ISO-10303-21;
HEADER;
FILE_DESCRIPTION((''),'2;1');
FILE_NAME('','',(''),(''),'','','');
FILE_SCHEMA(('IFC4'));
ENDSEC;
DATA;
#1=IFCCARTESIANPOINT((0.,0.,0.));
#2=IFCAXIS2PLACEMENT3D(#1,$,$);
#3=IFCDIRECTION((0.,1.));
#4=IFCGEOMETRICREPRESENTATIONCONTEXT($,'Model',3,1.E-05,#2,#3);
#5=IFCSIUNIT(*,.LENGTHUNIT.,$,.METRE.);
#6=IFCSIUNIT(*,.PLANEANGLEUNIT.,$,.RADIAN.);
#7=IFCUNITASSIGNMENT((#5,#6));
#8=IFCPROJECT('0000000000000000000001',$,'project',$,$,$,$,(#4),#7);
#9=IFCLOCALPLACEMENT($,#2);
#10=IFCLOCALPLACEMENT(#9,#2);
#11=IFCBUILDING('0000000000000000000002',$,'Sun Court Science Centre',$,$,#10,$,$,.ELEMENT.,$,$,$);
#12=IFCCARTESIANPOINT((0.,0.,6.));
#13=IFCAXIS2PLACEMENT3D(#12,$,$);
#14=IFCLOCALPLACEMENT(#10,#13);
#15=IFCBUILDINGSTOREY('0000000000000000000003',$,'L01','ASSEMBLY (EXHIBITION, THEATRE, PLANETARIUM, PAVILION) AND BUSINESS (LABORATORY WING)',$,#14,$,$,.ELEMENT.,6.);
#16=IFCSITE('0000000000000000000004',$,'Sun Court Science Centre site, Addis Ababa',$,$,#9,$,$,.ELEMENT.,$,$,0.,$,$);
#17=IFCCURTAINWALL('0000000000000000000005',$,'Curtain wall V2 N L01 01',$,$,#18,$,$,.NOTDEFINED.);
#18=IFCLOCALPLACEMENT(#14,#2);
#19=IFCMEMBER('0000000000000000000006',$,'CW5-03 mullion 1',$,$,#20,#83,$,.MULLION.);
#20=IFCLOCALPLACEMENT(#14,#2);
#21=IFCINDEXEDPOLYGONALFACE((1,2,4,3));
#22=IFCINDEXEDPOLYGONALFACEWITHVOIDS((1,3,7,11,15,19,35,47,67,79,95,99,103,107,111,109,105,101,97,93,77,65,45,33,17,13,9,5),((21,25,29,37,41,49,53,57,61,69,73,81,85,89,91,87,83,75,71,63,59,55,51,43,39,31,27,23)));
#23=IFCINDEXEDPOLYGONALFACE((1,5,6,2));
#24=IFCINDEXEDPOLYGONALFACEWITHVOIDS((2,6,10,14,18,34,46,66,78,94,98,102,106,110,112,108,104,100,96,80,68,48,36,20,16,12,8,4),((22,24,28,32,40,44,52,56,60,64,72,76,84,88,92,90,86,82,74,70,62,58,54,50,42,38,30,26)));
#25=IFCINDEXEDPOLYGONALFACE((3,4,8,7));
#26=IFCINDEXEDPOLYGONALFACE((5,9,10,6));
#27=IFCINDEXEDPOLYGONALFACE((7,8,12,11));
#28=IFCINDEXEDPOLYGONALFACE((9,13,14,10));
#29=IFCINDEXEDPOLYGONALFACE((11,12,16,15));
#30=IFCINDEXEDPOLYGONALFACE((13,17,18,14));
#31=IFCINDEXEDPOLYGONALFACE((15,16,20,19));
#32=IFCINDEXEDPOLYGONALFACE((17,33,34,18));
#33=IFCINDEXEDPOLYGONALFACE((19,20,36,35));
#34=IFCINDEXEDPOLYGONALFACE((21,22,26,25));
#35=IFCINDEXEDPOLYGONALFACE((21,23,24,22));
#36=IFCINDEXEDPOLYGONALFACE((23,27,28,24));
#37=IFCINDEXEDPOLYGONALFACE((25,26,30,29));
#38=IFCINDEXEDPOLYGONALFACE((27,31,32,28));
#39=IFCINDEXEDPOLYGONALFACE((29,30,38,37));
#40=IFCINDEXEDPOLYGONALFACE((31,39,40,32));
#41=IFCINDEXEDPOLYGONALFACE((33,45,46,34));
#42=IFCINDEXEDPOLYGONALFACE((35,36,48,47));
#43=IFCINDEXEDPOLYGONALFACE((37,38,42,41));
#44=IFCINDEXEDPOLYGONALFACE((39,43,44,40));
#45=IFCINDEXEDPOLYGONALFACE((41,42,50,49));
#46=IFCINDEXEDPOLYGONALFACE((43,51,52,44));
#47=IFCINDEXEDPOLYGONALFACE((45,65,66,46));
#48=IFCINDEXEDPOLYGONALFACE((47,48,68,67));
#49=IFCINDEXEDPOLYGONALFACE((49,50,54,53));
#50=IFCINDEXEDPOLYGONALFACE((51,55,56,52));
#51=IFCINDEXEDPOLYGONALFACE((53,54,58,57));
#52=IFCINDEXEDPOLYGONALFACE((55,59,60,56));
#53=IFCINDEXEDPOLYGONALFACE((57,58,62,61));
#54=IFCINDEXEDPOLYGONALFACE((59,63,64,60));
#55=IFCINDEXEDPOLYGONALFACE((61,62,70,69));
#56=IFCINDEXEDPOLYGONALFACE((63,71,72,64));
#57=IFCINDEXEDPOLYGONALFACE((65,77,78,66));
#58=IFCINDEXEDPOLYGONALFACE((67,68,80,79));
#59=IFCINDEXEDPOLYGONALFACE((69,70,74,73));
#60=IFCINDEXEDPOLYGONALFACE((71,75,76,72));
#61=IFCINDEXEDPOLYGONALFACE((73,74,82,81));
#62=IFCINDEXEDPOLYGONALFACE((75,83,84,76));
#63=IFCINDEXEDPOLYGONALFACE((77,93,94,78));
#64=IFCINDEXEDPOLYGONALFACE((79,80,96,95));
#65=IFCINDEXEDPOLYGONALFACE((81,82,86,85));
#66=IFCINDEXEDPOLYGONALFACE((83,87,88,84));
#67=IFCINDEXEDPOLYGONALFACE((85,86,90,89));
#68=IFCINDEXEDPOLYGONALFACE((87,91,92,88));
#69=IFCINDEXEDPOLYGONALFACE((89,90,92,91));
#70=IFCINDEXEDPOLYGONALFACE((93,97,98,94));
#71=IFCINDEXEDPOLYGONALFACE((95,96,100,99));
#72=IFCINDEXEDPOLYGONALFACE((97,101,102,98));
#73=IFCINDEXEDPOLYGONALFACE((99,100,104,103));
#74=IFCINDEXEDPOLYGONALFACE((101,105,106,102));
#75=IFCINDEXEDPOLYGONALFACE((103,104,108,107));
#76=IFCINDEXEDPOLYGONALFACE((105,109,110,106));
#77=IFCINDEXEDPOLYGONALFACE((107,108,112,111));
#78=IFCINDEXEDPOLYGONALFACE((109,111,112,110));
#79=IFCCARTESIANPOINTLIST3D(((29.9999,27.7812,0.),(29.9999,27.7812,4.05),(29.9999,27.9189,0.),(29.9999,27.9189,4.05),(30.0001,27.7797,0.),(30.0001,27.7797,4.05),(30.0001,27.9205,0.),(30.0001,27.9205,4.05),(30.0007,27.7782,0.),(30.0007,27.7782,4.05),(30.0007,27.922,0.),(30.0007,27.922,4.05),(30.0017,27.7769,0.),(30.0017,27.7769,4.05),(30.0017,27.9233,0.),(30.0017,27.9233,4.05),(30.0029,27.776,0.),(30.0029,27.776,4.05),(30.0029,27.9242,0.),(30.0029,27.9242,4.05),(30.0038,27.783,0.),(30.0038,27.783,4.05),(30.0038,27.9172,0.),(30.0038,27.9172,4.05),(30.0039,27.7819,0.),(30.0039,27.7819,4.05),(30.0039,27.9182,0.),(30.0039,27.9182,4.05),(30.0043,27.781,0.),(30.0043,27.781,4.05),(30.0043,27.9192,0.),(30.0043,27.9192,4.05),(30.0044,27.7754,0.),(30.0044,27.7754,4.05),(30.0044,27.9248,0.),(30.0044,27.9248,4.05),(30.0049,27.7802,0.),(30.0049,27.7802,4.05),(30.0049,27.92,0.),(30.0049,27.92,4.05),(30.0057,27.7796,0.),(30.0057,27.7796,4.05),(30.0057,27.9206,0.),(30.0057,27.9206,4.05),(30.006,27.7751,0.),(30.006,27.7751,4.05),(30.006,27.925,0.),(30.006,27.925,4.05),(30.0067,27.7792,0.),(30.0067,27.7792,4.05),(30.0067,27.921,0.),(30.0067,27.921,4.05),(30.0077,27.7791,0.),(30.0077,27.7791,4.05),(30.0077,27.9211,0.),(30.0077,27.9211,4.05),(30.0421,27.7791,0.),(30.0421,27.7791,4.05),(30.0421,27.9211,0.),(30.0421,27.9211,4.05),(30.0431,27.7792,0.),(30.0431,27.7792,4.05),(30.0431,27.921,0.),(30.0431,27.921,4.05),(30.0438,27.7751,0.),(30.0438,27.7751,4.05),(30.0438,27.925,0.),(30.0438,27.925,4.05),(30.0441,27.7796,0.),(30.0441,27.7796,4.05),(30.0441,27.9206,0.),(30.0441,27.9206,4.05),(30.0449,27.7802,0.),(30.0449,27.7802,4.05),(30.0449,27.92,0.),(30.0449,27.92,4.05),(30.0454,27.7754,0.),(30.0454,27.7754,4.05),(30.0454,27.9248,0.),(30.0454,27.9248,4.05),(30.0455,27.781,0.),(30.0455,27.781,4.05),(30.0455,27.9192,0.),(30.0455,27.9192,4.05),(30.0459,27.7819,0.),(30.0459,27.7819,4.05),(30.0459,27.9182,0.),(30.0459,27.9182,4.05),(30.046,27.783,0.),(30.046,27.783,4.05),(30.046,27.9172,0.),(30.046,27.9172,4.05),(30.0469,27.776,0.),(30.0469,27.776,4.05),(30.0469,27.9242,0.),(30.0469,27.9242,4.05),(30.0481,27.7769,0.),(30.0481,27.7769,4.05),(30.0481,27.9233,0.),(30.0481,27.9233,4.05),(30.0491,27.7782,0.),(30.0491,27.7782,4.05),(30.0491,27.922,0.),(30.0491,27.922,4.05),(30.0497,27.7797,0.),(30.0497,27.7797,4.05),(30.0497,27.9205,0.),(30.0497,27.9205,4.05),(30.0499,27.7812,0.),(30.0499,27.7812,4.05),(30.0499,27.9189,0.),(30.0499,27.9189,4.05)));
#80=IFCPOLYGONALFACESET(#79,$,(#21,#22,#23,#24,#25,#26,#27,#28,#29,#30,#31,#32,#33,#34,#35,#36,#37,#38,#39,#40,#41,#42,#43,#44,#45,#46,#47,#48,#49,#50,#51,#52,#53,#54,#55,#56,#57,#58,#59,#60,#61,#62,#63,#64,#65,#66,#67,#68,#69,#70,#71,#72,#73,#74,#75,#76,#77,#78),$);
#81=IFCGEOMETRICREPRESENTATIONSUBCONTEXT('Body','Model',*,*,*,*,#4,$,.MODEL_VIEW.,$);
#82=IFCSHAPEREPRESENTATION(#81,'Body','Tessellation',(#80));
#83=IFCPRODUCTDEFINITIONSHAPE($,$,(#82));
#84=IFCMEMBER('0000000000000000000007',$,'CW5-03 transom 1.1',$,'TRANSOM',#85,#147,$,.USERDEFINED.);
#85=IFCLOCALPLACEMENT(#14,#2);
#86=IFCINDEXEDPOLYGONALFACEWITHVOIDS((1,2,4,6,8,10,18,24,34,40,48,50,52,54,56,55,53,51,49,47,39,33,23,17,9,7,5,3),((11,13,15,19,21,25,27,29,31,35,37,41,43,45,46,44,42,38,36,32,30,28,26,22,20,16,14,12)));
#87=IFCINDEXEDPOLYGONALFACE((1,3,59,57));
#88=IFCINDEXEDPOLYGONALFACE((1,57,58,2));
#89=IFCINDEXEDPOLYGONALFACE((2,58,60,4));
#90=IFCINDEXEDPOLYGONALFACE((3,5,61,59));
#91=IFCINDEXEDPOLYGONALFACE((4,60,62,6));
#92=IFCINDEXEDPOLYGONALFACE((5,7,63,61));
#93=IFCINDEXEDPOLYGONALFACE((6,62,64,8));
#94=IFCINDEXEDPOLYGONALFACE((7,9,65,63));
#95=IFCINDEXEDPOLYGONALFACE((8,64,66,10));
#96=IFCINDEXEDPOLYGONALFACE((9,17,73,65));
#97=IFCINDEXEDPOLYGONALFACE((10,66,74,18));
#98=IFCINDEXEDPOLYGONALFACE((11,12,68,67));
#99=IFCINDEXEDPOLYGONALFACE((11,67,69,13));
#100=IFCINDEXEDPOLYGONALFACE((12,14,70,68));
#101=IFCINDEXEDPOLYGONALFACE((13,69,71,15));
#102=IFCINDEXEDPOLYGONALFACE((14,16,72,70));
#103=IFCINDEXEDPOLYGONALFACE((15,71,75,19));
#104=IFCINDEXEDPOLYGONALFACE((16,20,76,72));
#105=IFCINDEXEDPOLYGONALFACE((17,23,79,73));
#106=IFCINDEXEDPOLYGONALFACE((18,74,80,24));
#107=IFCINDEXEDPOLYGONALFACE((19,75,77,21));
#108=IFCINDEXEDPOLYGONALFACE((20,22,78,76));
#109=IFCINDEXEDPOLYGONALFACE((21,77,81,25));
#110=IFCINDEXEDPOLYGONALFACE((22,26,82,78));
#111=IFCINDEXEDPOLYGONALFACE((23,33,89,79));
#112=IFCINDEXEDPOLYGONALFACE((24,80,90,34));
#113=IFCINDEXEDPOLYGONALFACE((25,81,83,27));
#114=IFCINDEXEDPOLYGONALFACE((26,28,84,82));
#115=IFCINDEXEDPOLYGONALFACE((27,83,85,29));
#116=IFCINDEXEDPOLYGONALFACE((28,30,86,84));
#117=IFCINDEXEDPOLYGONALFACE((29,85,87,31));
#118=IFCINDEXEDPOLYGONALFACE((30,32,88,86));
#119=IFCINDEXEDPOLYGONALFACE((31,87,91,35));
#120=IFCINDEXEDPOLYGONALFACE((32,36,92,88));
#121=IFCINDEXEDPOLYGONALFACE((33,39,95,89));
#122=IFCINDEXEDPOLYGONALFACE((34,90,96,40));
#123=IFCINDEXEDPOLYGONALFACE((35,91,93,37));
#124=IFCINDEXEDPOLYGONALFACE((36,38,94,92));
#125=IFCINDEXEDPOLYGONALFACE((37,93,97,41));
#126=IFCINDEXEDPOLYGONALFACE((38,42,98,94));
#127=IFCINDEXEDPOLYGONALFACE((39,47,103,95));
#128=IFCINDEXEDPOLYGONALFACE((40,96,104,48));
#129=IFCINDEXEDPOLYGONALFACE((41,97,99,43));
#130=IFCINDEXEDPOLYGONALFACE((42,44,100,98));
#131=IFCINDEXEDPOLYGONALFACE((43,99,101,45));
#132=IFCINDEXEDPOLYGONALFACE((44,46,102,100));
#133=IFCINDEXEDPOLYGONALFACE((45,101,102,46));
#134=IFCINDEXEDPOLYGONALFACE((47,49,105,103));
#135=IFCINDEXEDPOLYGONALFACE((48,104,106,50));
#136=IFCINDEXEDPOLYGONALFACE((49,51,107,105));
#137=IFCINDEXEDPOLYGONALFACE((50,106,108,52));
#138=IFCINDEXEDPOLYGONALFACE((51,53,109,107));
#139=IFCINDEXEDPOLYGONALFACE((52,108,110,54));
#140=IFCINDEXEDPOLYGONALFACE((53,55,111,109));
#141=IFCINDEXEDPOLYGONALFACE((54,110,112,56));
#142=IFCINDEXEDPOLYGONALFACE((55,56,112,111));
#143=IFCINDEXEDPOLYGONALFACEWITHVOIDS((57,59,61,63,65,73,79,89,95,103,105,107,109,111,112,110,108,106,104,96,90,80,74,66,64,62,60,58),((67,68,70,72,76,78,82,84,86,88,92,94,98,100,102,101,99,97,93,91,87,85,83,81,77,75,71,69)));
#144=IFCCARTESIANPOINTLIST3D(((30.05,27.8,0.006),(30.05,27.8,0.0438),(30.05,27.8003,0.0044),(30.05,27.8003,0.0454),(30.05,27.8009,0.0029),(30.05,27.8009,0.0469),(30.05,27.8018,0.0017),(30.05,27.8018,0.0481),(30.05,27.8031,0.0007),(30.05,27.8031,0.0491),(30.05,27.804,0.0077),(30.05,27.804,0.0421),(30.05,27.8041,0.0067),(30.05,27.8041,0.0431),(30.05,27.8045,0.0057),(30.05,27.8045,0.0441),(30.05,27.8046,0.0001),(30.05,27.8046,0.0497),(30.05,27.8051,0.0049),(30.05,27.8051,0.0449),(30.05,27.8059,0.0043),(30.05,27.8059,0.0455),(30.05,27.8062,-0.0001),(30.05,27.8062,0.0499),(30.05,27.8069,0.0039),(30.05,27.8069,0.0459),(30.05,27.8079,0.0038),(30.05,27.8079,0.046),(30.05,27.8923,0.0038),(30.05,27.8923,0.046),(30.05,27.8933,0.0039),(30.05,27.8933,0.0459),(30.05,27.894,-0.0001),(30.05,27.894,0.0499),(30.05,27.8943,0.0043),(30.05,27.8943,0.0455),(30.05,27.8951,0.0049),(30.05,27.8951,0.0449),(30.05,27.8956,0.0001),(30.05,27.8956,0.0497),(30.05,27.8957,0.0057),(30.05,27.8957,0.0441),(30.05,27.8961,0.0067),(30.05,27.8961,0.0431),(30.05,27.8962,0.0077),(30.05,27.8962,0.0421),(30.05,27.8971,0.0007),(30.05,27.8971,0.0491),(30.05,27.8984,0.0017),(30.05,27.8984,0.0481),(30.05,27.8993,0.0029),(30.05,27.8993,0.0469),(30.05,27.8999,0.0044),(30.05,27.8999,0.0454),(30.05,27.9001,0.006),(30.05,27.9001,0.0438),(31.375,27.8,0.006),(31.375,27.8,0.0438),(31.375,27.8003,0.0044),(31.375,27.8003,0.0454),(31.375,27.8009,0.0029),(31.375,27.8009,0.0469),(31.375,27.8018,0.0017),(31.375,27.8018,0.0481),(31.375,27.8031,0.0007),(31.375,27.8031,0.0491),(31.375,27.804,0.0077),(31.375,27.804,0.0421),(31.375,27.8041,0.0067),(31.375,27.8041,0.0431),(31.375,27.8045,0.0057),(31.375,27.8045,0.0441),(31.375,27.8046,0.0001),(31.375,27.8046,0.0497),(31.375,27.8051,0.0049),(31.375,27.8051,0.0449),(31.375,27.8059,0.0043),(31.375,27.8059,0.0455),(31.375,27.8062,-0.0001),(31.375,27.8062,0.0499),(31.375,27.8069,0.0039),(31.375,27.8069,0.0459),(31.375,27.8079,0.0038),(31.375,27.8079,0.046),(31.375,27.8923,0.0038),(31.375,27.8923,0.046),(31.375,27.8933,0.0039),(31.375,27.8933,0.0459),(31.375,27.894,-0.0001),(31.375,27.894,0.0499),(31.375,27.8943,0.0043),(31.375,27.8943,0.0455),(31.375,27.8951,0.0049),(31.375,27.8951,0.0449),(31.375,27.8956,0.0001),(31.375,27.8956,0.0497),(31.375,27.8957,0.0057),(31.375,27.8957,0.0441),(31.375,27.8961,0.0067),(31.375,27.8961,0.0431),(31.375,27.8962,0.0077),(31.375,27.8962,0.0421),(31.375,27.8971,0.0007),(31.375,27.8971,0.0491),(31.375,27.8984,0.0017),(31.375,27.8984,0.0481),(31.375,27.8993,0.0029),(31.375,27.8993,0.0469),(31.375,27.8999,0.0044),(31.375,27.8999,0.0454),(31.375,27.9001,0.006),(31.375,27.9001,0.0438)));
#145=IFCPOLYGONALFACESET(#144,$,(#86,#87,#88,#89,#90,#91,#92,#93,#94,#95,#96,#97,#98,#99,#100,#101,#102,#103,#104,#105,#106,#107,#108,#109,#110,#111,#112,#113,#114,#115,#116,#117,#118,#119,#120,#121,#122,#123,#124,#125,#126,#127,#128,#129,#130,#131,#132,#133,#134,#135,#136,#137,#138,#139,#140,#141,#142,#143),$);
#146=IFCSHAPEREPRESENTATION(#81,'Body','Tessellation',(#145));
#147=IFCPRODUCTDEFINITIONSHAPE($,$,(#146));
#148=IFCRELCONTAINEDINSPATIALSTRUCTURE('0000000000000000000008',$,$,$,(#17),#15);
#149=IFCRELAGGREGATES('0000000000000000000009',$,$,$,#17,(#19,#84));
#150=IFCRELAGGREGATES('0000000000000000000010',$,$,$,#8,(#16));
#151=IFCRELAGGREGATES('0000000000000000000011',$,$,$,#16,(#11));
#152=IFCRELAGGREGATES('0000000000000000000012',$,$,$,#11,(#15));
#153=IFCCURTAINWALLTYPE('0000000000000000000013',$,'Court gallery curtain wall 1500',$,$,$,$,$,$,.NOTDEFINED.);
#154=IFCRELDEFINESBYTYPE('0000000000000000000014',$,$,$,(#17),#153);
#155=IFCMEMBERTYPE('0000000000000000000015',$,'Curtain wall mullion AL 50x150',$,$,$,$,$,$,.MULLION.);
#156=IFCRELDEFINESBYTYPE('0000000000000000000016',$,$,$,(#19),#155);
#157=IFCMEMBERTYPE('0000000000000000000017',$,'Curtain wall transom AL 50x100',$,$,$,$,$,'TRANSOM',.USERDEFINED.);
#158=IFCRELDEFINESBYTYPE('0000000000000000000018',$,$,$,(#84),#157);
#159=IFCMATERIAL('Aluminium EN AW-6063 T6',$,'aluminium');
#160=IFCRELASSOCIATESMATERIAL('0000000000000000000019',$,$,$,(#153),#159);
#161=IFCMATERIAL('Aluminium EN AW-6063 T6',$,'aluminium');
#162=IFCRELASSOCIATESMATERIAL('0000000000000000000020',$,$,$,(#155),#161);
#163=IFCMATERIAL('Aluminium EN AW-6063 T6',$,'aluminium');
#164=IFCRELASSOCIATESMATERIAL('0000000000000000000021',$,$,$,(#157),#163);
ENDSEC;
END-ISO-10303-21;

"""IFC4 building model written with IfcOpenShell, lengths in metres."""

from ifc_helpers import new_model, si_unit, direction, frame, origin, origin_2d, place, context, subcontext, project, spatial, hollow_rectangle, extrude, material, material_profile, profile_set, type_object, element, aggregate, save


model = new_model("IFC4")

# Units and contexts
model_context = context("Model", 3, precision=1e-05, world=origin(), true_north=direction((0.0, 1.0)))
body_context = subcontext(model_context, "Body", "Model", "MODEL_VIEW")
ifc_project = project(units=[si_unit("LENGTHUNIT", "METRE"), si_unit("PLANEANGLEUNIT", "RADIAN")], contexts=[model_context])

# Site, building, storey
site_placement = place(None, origin())
site = spatial("IfcSite", under=ifc_project, at=site_placement, Name="Sun Court Science Centre site, Addis Ababa", CompositionType="ELEMENT", RefElevation=0.0)
building_placement = place(site_placement, origin())
building = spatial("IfcBuilding", under=site, at=building_placement, Name="Sun Court Science Centre", CompositionType="ELEMENT")
storey_placement = place(building_placement, frame((0.0, 0.0, 6.0)))
storey = spatial("IfcBuildingStorey", under=building, at=storey_placement, Name="L01", Description="ASSEMBLY (EXHIBITION, THEATRE, PLANETARIUM, PAVILION) AND BUSINESS (LABORATORY WING)", CompositionType="ELEMENT", Elevation=6.0)

# Curtain wall, members
ifc_material_1 = material(Name="Aluminium EN AW-6063 T6", Category="aluminium")
curtain_wall_type = type_object("IfcCurtainWallType", Name="Court gallery curtain wall 1500", PredefinedType="NOTDEFINED", material=ifc_material_1)
curtain_wall_placement = place(storey_placement, origin())
curtain_wall = element("IfcCurtainWall", 1, at=curtain_wall_placement, inside=storey, type_object=curtain_wall_type, Name="Curtain wall V2 N L01 01", PredefinedType="NOTDEFINED")
ifc_material_2 = material(Name="Aluminium EN AW-6063 T6", Category="aluminium")
ifc_material_profile_1 = material_profile(ifc_material_2, hollow_rectangle(XDim=0.05, YDim=0.1499, WallThickness=0.0039, InnerFilletRadius=0.0039, OuterFilletRadius=0.0061, at=origin_2d()), Name="AL 50x150x4")
ifc_profile_set_1 = profile_set([ifc_material_profile_1], Name="Aluminium EN AW-6063 T6")
member_type_1 = type_object("IfcMemberType", Name="Curtain wall mullion AL 50x150", PredefinedType="MULLION", material=ifc_profile_set_1)
member_1_placement = place(storey_placement, frame((30.0249, 27.8501, 0.0), z_axis=(0.0, 0.0, 1.0), x_axis=(1.0, 0.0, 0.0)))
member_1 = element("IfcMember", 2, at=member_1_placement, type_object=member_type_1, Name="CW5-03 mullion 1", PredefinedType="MULLION", context=body_context, shape_type="SweptSolid", body=[
    extrude(hollow_rectangle(XDim=0.05, YDim=0.1499, WallThickness=0.0039, InnerFilletRadius=0.0039, OuterFilletRadius=0.0061, at=origin_2d()), origin(), (0.0, 0.0, 1.0), 4.05),
])
ifc_material_3 = material(Name="Aluminium EN AW-6063 T6", Category="aluminium")
ifc_material_profile_2 = material_profile(ifc_material_3, hollow_rectangle(XDim=0.05, YDim=0.1001, WallThickness=0.0039, InnerFilletRadius=0.0039, OuterFilletRadius=0.0061, at=origin_2d()), Name="AL 50x100x4")
ifc_profile_set_2 = profile_set([ifc_material_profile_2], Name="Aluminium EN AW-6063 T6")
member_type_2 = type_object("IfcMemberType", Name="Curtain wall transom AL 50x100", ElementType="TRANSOM", PredefinedType="USERDEFINED", material=ifc_profile_set_2)
member_2_placement = place(storey_placement, frame((30.05, 27.8501, 0.0249), z_axis=(1.0, 0.0, 0.0), x_axis=(0.0, 0.0, 1.0)))
member_2 = element("IfcMember", 3, at=member_2_placement, type_object=member_type_2, Name="CW5-03 transom 1.1", ObjectType="TRANSOM", PredefinedType="USERDEFINED", context=body_context, shape_type="SweptSolid", body=[
    extrude(hollow_rectangle(XDim=0.05, YDim=0.1001, WallThickness=0.0039, InnerFilletRadius=0.0039, OuterFilletRadius=0.0061, at=origin_2d()), origin(), (0.0, 0.0, 1.0), 1.325),
])

aggregate(curtain_wall, [member_1, member_2])

save(model, "model.ifc")
